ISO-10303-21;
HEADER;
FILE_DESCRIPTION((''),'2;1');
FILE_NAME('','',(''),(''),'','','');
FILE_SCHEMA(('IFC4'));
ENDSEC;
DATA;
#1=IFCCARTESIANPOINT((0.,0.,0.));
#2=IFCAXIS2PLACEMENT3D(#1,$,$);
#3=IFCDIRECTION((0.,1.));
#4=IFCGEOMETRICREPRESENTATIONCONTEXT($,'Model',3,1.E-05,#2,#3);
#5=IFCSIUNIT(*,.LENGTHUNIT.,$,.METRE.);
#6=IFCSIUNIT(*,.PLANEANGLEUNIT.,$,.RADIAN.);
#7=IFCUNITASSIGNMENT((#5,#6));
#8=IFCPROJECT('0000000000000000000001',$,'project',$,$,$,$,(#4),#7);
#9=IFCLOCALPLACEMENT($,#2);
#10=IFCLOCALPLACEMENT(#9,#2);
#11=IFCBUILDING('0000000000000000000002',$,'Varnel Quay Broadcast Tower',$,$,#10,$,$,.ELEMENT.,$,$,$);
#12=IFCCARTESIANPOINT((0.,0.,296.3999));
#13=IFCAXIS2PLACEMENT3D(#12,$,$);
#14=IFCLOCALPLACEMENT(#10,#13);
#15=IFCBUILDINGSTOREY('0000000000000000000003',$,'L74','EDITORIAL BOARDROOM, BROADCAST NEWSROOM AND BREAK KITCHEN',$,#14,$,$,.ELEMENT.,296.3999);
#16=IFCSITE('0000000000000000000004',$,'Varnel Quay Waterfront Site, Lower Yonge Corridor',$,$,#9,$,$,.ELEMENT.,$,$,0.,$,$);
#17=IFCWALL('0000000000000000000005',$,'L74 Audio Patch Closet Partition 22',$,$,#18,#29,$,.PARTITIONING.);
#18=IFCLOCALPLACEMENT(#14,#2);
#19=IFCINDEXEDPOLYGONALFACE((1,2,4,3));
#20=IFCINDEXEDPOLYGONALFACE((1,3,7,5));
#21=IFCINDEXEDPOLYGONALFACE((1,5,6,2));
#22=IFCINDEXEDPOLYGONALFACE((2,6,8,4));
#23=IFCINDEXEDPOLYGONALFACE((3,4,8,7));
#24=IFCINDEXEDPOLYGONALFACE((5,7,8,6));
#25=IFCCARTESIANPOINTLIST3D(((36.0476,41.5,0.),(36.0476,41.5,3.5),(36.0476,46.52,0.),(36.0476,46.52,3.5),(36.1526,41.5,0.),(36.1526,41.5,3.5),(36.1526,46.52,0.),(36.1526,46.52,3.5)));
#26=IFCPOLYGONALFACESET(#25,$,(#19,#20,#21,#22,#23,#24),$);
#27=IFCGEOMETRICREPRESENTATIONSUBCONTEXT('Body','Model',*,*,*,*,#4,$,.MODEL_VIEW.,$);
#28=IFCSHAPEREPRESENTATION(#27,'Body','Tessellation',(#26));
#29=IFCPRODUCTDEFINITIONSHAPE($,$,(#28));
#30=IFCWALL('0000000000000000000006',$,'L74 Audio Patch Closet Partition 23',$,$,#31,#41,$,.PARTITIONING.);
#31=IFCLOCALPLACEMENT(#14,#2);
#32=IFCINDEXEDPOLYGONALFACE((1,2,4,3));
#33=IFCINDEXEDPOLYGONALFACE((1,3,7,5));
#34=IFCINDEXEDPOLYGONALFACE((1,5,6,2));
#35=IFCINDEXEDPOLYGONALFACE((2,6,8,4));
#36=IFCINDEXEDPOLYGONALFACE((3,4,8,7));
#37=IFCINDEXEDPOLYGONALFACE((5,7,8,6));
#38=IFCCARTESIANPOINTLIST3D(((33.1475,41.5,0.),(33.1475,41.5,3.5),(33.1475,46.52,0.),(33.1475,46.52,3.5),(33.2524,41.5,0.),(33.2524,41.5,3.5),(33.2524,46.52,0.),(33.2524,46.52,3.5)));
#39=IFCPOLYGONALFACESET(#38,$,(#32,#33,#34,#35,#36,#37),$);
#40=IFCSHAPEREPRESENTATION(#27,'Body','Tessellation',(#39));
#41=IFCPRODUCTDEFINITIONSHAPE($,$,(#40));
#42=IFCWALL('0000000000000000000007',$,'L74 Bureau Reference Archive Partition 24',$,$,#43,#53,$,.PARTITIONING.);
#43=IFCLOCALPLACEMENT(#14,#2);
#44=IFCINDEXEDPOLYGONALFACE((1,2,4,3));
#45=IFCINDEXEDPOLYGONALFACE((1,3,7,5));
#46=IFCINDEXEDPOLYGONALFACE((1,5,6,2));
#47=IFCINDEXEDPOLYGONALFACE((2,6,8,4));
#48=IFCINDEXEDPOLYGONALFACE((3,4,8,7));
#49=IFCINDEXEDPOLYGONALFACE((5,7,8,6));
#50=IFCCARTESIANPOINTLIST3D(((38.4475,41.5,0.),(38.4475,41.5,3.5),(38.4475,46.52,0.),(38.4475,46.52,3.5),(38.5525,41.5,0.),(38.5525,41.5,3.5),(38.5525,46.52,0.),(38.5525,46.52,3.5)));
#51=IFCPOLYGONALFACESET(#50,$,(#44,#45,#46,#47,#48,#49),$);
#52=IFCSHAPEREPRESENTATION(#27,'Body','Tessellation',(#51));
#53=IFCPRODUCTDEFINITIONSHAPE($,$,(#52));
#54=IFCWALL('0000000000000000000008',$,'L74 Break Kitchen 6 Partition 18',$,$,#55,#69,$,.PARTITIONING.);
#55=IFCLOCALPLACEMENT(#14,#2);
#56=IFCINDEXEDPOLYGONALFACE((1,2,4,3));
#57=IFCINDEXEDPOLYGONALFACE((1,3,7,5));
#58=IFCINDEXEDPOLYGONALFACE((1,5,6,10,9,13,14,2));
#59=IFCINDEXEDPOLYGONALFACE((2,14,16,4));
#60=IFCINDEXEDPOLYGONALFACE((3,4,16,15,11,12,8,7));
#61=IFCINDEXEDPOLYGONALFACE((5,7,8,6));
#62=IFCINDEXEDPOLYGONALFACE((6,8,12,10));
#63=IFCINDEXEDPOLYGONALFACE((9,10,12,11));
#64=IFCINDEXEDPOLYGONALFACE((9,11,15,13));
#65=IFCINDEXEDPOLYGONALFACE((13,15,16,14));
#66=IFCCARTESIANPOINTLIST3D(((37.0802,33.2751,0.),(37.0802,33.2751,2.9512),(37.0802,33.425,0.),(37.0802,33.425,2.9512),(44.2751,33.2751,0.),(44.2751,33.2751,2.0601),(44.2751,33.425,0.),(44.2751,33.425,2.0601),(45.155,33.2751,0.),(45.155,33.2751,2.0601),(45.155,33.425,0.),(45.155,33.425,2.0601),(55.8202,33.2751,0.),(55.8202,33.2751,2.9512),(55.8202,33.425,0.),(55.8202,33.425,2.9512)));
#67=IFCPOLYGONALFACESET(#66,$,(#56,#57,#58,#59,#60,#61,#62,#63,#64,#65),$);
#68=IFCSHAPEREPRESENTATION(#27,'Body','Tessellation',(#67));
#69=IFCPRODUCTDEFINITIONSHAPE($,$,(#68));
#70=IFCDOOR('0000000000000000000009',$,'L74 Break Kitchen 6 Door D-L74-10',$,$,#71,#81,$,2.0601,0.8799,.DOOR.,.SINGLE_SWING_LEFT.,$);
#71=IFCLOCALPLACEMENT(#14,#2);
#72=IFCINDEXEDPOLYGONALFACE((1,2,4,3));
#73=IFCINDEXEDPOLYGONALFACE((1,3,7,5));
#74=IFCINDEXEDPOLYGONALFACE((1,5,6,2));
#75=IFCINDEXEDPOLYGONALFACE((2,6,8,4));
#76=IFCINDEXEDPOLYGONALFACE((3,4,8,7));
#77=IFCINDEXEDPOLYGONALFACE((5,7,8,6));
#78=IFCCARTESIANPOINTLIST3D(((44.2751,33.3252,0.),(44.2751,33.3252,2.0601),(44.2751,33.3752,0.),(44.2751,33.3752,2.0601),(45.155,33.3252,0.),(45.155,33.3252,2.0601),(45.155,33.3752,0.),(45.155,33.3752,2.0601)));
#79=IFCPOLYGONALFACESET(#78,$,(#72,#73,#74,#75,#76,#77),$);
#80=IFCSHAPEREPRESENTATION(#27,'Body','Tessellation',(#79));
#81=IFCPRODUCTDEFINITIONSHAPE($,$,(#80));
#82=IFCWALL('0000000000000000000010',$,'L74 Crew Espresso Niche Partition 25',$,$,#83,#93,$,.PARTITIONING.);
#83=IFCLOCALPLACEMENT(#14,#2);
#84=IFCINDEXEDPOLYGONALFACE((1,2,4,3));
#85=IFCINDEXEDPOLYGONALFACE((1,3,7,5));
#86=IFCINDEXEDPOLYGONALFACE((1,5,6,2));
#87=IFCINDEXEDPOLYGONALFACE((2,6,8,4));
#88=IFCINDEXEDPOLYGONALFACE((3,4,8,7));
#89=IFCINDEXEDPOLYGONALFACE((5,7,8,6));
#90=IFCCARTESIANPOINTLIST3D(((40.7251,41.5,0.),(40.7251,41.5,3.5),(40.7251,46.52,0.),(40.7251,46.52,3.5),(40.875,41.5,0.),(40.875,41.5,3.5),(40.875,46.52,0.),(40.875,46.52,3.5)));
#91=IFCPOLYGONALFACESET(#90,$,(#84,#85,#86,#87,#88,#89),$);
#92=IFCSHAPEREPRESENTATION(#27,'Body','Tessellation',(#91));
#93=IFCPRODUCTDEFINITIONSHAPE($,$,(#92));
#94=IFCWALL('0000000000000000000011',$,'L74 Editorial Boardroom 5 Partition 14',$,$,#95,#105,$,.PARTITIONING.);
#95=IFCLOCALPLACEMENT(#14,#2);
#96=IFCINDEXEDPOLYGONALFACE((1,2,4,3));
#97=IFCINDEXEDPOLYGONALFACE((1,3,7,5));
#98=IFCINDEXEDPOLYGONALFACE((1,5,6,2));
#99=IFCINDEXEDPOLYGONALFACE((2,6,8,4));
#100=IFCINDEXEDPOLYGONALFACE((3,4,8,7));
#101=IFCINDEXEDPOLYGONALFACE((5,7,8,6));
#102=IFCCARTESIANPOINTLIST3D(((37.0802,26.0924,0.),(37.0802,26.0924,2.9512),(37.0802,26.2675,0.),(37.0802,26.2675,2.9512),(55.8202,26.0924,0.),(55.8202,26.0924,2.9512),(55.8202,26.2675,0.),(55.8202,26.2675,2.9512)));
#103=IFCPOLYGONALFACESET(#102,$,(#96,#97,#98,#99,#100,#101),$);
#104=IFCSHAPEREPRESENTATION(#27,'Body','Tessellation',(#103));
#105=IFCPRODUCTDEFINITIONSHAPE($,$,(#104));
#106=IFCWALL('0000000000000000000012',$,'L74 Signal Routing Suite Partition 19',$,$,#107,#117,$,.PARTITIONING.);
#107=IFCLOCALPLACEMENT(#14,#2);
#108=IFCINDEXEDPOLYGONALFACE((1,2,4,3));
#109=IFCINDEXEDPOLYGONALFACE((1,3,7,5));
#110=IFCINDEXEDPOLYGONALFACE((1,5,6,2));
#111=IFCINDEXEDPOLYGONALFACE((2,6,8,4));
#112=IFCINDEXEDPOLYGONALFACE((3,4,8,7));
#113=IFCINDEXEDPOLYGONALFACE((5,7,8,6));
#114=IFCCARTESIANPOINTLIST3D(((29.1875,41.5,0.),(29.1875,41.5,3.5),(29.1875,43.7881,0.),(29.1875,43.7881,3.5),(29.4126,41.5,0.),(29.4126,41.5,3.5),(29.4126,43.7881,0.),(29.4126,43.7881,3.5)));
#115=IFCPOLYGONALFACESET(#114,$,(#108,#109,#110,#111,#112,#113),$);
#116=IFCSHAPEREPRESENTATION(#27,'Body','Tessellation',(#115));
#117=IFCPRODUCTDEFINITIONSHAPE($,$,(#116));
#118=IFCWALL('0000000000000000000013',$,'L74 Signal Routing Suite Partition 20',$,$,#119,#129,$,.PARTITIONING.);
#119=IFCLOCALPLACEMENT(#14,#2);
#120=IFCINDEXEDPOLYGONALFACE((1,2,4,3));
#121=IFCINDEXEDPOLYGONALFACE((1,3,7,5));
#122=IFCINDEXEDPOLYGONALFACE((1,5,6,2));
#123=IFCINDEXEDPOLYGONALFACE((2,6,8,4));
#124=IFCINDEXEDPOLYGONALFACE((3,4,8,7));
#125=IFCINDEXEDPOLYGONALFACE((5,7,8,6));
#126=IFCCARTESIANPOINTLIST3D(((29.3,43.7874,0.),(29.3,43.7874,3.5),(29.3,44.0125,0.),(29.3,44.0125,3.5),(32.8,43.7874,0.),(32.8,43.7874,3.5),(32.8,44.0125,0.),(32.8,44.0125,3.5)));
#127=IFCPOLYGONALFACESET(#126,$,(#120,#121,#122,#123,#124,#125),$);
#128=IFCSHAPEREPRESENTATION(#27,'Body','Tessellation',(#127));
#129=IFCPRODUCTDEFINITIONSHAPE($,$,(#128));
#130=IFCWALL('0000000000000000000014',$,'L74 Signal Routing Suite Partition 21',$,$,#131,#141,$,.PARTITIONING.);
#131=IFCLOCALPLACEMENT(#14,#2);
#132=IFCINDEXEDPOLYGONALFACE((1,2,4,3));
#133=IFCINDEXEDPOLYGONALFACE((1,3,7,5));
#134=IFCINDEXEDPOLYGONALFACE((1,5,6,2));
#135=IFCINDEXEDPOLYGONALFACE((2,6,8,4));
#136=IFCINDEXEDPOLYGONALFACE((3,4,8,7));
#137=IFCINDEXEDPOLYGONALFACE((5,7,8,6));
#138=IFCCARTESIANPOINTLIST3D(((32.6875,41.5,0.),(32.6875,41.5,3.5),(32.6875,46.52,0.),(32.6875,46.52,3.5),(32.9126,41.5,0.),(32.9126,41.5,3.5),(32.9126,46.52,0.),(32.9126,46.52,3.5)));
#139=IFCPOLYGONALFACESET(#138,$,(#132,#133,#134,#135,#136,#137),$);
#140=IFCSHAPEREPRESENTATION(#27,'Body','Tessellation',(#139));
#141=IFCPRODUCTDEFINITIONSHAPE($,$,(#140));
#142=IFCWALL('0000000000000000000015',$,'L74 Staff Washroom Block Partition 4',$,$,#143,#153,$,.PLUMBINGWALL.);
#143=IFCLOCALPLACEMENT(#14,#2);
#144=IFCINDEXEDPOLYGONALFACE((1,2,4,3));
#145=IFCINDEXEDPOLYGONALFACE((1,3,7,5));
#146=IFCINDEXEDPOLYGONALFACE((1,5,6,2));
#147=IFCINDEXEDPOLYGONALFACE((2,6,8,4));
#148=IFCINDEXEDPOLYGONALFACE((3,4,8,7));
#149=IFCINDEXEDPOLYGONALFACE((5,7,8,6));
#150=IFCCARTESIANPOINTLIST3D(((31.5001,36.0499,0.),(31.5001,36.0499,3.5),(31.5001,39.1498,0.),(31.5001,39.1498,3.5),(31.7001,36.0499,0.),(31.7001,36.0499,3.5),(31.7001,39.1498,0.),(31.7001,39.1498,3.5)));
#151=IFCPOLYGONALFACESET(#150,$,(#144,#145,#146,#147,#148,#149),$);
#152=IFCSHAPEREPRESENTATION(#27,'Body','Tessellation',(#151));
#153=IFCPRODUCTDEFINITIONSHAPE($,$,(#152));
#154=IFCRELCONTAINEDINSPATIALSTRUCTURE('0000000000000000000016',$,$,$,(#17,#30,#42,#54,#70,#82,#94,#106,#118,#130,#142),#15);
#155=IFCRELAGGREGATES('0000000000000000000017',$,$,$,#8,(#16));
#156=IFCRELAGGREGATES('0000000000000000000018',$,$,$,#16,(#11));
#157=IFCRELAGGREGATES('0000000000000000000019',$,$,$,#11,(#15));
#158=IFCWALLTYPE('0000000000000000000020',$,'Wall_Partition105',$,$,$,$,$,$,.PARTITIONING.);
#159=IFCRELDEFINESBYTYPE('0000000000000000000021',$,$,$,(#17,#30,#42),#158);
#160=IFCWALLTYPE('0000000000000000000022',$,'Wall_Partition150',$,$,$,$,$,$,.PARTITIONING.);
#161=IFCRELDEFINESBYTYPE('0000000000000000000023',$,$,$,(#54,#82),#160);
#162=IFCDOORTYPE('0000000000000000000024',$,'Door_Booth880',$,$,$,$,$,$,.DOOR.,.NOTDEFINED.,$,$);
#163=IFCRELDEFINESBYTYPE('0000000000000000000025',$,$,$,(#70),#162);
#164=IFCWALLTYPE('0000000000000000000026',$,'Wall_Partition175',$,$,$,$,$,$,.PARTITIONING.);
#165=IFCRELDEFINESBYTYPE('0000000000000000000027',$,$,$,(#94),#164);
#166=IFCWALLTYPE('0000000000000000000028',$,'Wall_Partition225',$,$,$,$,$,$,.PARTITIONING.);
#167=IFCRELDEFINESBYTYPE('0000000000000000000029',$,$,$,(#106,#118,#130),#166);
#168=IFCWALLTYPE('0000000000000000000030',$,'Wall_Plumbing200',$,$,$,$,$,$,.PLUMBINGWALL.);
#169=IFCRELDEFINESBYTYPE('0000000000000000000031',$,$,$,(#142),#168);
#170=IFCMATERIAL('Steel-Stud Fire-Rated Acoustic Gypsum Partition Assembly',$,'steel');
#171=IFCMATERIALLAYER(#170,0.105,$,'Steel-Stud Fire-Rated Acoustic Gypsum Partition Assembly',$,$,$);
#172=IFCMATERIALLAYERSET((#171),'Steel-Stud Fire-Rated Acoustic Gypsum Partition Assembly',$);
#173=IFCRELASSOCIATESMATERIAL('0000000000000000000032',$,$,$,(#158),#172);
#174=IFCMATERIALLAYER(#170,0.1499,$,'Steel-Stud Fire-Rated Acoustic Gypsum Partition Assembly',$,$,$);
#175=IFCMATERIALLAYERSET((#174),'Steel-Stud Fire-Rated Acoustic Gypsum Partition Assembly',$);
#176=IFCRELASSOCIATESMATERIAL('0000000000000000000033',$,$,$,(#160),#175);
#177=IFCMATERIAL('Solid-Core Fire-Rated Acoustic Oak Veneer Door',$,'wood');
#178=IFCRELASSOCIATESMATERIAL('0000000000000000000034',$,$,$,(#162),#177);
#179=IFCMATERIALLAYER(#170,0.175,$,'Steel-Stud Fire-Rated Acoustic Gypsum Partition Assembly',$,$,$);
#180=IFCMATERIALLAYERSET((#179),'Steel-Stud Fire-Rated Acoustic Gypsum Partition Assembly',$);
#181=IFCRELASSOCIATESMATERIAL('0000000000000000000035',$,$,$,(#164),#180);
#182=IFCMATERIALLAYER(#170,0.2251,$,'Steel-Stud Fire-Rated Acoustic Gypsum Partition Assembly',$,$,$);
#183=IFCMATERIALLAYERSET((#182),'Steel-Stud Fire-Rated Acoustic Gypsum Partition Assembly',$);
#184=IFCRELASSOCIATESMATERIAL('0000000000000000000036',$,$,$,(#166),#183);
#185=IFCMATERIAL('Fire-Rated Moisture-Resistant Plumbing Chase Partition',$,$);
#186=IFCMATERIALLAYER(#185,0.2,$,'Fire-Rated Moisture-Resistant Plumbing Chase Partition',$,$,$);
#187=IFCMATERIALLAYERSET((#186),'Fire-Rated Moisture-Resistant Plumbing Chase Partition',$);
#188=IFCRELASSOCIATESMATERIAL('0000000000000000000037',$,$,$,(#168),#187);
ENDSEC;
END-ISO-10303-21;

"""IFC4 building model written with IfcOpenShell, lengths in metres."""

from ifc_helpers import new_model, si_unit, direction, frame, frame_2d, origin, place, context, subcontext, project, spatial, rectangle, extrude, source, transform, mapped, material, layer, layer_set, type_object, type_shapes, element, fill, save


model = new_model("IFC4")

# Units and contexts
model_context = context("Model", 3, precision=1e-05, world=origin(), true_north=direction((0.0, 1.0)))
body_context = subcontext(model_context, "Body", "Model", "MODEL_VIEW")
ifc_project = project(units=[si_unit("LENGTHUNIT", "METRE"), si_unit("PLANEANGLEUNIT", "RADIAN")], contexts=[model_context])

# Site, building, storey
site_placement = place(None, origin())
site = spatial("IfcSite", under=ifc_project, at=site_placement, Name="Varnel Quay Waterfront Site, Lower Yonge Corridor", CompositionType="ELEMENT", RefElevation=0.0)
building_placement = place(site_placement, origin())
building = spatial("IfcBuilding", under=site, at=building_placement, Name="Varnel Quay Broadcast Tower", CompositionType="ELEMENT")
storey_placement = place(building_placement, frame((0.0, 0.0, 296.3999)))
storey = spatial("IfcBuildingStorey", under=building, at=storey_placement, Name="L74", Description="EDITORIAL BOARDROOM, BROADCAST NEWSROOM AND BREAK KITCHEN", CompositionType="ELEMENT", Elevation=296.3999)

# Walls
ifc_material_1 = material(Name="Steel-Stud Fire-Rated Acoustic Gypsum Partition Assembly", Category="steel")
ifc_layer_1 = layer(ifc_material_1, 0.105, Name="Steel-Stud Fire-Rated Acoustic Gypsum Partition Assembly")
ifc_layer_set_1 = layer_set([ifc_layer_1], Name="Steel-Stud Fire-Rated Acoustic Gypsum Partition Assembly")
wall_type_1 = type_object("IfcWallType", Name="Wall_Partition105", PredefinedType="PARTITIONING", material=ifc_layer_set_1)
for number, where, z_axis, x_axis, name in (
    (1, (36.1001, 41.5, 0.0), (0.0, 0.0, 1.0), (0.0, 1.0, 0.0), "L74 Audio Patch Closet Partition 22"),
    (2, (33.2, 41.5, 0.0), (0.0, 0.0, 1.0), (0.0, 1.0, 0.0), "L74 Audio Patch Closet Partition 23"),
    (3, (38.5, 41.5, 0.0), (0.0, 0.0, 1.0), (0.0, 1.0, 0.0), "L74 Bureau Reference Archive Partition 24"),
):
    element("IfcWall", number, at=place(storey_placement, frame(where, z_axis=z_axis, x_axis=x_axis)), inside=storey, type_object=wall_type_1, Name=name, PredefinedType="PARTITIONING", context=body_context, shape_type="SweptSolid", body=[
        extrude(rectangle(XDim=5.02, YDim=0.105, at=frame_2d((2.51, 0.0))), origin(), (0.0, 0.0, 1.0), 3.5),
    ])

# Wall, opening, door
ifc_layer_2 = layer(ifc_material_1, 0.1499, Name="Steel-Stud Fire-Rated Acoustic Gypsum Partition Assembly")
ifc_layer_set_2 = layer_set([ifc_layer_2], Name="Steel-Stud Fire-Rated Acoustic Gypsum Partition Assembly")
wall_type_2 = type_object("IfcWallType", Name="Wall_Partition150", PredefinedType="PARTITIONING", material=ifc_layer_set_2)
wall_1_placement = place(storey_placement, frame((37.0801, 33.3501, 0.0), z_axis=(0.0, 0.0, 1.0), x_axis=(1.0, 0.0, 0.0)))
wall_1 = element("IfcWall", 4, at=wall_1_placement, inside=storey, type_object=wall_type_2, Name="L74 Break Kitchen 6 Partition 18", PredefinedType="PARTITIONING", context=body_context, shape_type="SweptSolid", body=[
    extrude(rectangle(XDim=18.74, YDim=0.1499, at=frame_2d((9.3701, 0.0))), origin(), (0.0, 0.0, 1.0), 2.9512),
])
opening_1_placement = place(wall_1_placement, frame((7.1951, 0.0, 0.0)))
opening_1 = element("IfcOpeningElement", 5, at=opening_1_placement, cuts=wall_1, PredefinedType="OPENING", context=body_context, shape_type="SweptSolid", body=[
    extrude(rectangle(XDim=0.8799, YDim=2.0601, at=frame_2d((0.4399, 1.03))), frame((0.0, 0.085, 0.0), z_axis=(0.0, -1.0, 0.0), x_axis=(1.0, 0.0, 0.0)), (0.0, 0.0, 1.0), 0.1699),
])
ifc_material_2 = material(Name="Solid-Core Fire-Rated Acoustic Oak Veneer Door", Category="wood")
door_type_1 = type_object("IfcDoorType", Name="Door_Booth880", OperationType="NOTDEFINED", PredefinedType="DOOR", material=ifc_material_2)
shared_shape_1 = source(origin(), body_context, "Body", "SweptSolid", [
    extrude(rectangle(XDim=0.8799, YDim=2.0601, at=frame_2d((0.4399, 1.03))), frame((0.0, 0.0249, 0.0), z_axis=(0.0, -1.0, 0.0), x_axis=(1.0, 0.0, 0.0)), (0.0, 0.0, 1.0), 0.05),
])
type_shapes(door_type_1, [shared_shape_1])
door_1_placement = place(opening_1_placement, frame((0.8799, 0.0, 0.0), z_axis=(0.0, 0.0, 1.0), x_axis=(-1.0, 0.0, 0.0)))
door_1 = element("IfcDoor", 6, at=door_1_placement, inside=storey, type_object=door_type_1, Name="L74 Break Kitchen 6 Door D-L74-10", OperationType="SINGLE_SWING_LEFT", OverallHeight=2.0601, OverallWidth=0.8799, PredefinedType="DOOR", context=body_context, shape_type="MappedRepresentation", body=[
    mapped(shared_shape_1, transform((0.0, 0.0, 0.0), x_axis=(1.0, 0.0, 0.0), y_axis=(0.0, 1.0, 0.0), z_axis=(0.0, 0.0, 1.0), scale=1.0)),
])
fill(opening_1, door_1)

# Walls
wall_2_placement = place(storey_placement, frame((40.8, 41.5, 0.0), z_axis=(0.0, 0.0, 1.0), x_axis=(0.0, 1.0, 0.0)))
element("IfcWall", 7, at=wall_2_placement, inside=storey, type_object=wall_type_2, Name="L74 Crew Espresso Niche Partition 25", PredefinedType="PARTITIONING", context=body_context, shape_type="SweptSolid", body=[
    extrude(rectangle(XDim=5.02, YDim=0.1499, at=frame_2d((2.51, 0.0))), origin(), (0.0, 0.0, 1.0), 3.5),
])
ifc_layer_3 = layer(ifc_material_1, 0.175, Name="Steel-Stud Fire-Rated Acoustic Gypsum Partition Assembly")
ifc_layer_set_3 = layer_set([ifc_layer_3], Name="Steel-Stud Fire-Rated Acoustic Gypsum Partition Assembly")
wall_type_3 = type_object("IfcWallType", Name="Wall_Partition175", PredefinedType="PARTITIONING", material=ifc_layer_set_3)
wall_3_placement = place(storey_placement, frame((37.0801, 26.1799, 0.0), z_axis=(0.0, 0.0, 1.0), x_axis=(1.0, 0.0, 0.0)))
element("IfcWall", 8, at=wall_3_placement, inside=storey, type_object=wall_type_3, Name="L74 Editorial Boardroom 5 Partition 14", PredefinedType="PARTITIONING", context=body_context, shape_type="SweptSolid", body=[
    extrude(rectangle(XDim=18.74, YDim=0.175, at=frame_2d((9.3701, 0.0))), origin(), (0.0, 0.0, 1.0), 2.9512),
])
ifc_layer_4 = layer(ifc_material_1, 0.2251, Name="Steel-Stud Fire-Rated Acoustic Gypsum Partition Assembly")
ifc_layer_set_4 = layer_set([ifc_layer_4], Name="Steel-Stud Fire-Rated Acoustic Gypsum Partition Assembly")
wall_type_4 = type_object("IfcWallType", Name="Wall_Partition225", PredefinedType="PARTITIONING", material=ifc_layer_set_4)
wall_4_placement = place(storey_placement, frame((29.3, 41.5, 0.0), z_axis=(0.0, 0.0, 1.0), x_axis=(0.0, 1.0, 0.0)))
element("IfcWall", 9, at=wall_4_placement, inside=storey, type_object=wall_type_4, Name="L74 Signal Routing Suite Partition 19", PredefinedType="PARTITIONING", context=body_context, shape_type="SweptSolid", body=[
    extrude(rectangle(XDim=2.2881, YDim=0.2251, at=frame_2d((1.144, 0.0))), origin(), (0.0, 0.0, 1.0), 3.5),
])
wall_5_placement = place(storey_placement, frame((29.3, 43.8999, 0.0), z_axis=(0.0, 0.0, 1.0), x_axis=(1.0, 0.0, 0.0)))
element("IfcWall", 10, at=wall_5_placement, inside=storey, type_object=wall_type_4, Name="L74 Signal Routing Suite Partition 20", PredefinedType="PARTITIONING", context=body_context, shape_type="SweptSolid", body=[
    extrude(rectangle(XDim=3.5, YDim=0.2251, at=frame_2d((1.75, 0.0))), origin(), (0.0, 0.0, 1.0), 3.5),
])
wall_6_placement = place(storey_placement, frame((32.8, 41.5, 0.0), z_axis=(0.0, 0.0, 1.0), x_axis=(0.0, 1.0, 0.0)))
element("IfcWall", 11, at=wall_6_placement, inside=storey, type_object=wall_type_4, Name="L74 Signal Routing Suite Partition 21", PredefinedType="PARTITIONING", context=body_context, shape_type="SweptSolid", body=[
    extrude(rectangle(XDim=5.02, YDim=0.2251, at=frame_2d((2.51, 0.0))), origin(), (0.0, 0.0, 1.0), 3.5),
])
ifc_material_3 = material(Name="Fire-Rated Moisture-Resistant Plumbing Chase Partition")
ifc_layer_5 = layer(ifc_material_3, 0.2, Name="Fire-Rated Moisture-Resistant Plumbing Chase Partition")
ifc_layer_set_5 = layer_set([ifc_layer_5], Name="Fire-Rated Moisture-Resistant Plumbing Chase Partition")
wall_type_5 = type_object("IfcWallType", Name="Wall_Plumbing200", PredefinedType="PLUMBINGWALL", material=ifc_layer_set_5)
wall_7_placement = place(storey_placement, frame((31.6001, 36.05, 0.0), z_axis=(0.0, 0.0, 1.0), x_axis=(0.0, 1.0, 0.0)))
element("IfcWall", 12, at=wall_7_placement, inside=storey, type_object=wall_type_5, Name="L74 Staff Washroom Block Partition 4", PredefinedType="PLUMBINGWALL", context=body_context, shape_type="SweptSolid", body=[
    extrude(rectangle(XDim=3.0999, YDim=0.2, at=frame_2d((1.5498, 0.0))), origin(), (0.0, 0.0, 1.0), 3.5),
])

save(model, "model.ifc")
